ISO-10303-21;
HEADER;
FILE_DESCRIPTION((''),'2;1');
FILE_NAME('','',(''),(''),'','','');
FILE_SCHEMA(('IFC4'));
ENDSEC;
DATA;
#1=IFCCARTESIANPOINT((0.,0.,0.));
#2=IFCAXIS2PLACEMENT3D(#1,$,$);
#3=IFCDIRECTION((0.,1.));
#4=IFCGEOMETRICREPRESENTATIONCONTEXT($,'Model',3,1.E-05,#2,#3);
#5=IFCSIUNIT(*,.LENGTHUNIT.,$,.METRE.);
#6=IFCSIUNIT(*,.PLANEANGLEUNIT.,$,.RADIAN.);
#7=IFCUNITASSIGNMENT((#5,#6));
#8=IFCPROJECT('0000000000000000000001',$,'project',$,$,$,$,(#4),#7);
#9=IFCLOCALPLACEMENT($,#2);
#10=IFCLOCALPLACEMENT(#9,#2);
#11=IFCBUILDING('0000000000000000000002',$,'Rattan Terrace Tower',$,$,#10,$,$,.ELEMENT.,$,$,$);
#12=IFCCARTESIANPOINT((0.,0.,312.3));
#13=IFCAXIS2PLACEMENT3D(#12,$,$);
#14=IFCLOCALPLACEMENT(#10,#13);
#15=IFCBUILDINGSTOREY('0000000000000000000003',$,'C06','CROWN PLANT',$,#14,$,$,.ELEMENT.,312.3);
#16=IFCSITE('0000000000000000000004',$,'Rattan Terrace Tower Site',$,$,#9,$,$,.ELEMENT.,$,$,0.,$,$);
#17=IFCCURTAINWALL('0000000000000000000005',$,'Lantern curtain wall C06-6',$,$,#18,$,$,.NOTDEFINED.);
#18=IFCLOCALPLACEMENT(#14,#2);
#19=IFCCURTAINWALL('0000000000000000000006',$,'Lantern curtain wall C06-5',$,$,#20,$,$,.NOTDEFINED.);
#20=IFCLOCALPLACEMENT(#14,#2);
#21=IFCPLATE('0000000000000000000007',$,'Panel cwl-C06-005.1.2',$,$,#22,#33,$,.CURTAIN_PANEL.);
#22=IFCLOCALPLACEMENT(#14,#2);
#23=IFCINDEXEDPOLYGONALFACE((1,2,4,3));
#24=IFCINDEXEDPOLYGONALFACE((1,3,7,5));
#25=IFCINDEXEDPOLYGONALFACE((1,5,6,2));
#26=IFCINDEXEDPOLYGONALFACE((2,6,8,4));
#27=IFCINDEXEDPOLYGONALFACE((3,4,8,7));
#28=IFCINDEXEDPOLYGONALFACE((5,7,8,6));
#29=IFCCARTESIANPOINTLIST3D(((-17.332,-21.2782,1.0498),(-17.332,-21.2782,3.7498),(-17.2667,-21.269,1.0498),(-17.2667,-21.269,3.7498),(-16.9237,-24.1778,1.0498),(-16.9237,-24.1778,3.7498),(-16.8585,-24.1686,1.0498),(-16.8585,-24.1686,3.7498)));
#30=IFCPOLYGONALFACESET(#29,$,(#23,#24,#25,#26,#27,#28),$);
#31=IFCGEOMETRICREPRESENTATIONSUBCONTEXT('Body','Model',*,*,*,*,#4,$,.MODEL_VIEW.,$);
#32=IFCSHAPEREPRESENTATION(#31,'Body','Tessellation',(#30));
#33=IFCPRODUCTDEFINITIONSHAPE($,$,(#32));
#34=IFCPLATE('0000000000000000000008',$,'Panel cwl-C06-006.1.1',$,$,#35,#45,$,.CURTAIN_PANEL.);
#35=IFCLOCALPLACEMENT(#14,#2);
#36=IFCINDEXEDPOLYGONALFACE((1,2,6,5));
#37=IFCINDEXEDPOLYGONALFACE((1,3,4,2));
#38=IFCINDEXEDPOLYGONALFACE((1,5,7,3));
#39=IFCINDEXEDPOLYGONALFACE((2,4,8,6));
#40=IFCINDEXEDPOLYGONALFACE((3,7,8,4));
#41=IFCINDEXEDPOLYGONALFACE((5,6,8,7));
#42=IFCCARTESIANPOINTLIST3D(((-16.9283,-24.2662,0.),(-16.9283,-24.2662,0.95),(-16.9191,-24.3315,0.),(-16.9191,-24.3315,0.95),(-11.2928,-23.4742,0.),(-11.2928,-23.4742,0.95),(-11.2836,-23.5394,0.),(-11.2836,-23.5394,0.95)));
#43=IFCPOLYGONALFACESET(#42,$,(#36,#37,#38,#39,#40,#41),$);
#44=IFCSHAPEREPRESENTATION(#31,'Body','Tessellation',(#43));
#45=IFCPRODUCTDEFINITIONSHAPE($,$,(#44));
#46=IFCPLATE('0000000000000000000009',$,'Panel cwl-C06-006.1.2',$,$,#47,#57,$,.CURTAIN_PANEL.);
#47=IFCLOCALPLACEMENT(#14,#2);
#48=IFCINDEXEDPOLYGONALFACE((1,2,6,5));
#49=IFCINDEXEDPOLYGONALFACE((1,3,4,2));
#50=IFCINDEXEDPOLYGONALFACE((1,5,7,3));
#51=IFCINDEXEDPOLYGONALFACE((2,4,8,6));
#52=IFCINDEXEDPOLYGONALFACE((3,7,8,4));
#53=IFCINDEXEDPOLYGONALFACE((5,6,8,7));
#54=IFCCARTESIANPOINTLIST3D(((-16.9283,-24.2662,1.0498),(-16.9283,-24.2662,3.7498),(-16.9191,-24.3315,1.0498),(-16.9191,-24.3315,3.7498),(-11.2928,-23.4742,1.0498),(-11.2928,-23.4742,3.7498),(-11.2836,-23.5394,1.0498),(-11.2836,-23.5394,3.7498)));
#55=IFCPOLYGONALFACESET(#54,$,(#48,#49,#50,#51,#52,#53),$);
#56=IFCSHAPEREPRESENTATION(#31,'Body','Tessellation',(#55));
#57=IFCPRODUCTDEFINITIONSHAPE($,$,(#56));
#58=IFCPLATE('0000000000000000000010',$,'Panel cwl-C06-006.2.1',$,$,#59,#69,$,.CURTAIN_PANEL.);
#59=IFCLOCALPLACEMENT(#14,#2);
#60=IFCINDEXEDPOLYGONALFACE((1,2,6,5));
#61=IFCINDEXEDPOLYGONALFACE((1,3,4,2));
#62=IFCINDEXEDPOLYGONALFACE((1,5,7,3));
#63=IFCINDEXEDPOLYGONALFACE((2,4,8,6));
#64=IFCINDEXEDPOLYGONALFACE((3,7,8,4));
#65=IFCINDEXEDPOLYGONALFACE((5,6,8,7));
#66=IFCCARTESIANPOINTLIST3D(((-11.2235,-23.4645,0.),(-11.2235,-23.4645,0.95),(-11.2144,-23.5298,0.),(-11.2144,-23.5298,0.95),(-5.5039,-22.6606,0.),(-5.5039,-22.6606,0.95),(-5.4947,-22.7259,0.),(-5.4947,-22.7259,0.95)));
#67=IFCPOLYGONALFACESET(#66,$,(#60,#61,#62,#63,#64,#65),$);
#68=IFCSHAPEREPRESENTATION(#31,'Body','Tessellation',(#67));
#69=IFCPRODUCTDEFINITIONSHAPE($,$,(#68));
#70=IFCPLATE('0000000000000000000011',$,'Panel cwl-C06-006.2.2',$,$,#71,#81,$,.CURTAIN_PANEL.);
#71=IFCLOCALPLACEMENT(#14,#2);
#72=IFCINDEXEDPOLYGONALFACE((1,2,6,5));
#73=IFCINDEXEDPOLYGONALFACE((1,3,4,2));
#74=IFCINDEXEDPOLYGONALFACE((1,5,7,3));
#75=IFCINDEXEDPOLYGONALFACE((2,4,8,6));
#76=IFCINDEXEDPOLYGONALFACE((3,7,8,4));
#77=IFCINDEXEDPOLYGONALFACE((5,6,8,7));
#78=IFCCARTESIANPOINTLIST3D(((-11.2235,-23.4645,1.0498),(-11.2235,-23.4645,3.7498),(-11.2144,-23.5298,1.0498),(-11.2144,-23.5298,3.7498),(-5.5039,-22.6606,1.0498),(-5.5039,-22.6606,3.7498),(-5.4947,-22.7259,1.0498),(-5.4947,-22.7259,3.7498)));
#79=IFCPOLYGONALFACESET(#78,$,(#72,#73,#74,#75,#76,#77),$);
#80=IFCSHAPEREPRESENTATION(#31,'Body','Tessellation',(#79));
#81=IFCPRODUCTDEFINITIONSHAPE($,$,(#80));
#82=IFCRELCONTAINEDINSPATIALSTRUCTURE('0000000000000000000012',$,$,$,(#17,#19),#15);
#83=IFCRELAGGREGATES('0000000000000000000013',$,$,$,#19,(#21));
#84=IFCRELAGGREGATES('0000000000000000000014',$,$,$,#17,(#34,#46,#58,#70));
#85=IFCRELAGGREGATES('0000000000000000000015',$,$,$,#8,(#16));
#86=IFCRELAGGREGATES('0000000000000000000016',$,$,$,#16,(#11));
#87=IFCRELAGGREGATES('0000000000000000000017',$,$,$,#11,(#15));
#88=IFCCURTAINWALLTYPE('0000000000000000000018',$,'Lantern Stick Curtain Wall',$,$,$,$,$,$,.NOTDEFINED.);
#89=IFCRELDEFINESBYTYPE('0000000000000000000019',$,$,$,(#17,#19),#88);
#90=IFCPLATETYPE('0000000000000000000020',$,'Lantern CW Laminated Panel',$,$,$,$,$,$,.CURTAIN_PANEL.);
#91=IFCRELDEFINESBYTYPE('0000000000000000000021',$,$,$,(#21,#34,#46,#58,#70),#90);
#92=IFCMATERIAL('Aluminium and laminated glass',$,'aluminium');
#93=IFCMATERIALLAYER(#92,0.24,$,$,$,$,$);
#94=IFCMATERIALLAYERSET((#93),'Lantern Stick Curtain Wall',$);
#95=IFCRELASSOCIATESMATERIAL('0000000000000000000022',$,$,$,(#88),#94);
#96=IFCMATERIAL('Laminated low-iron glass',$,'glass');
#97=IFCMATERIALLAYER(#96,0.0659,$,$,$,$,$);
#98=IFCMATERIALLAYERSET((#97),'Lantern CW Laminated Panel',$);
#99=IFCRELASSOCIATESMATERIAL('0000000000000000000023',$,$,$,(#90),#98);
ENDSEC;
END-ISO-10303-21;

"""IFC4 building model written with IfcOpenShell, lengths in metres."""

from ifc_helpers import new_model, si_unit, direction, frame, origin, origin_2d, place, context, subcontext, project, spatial, rectangle, extrude, material, layer, layer_set, type_object, element, aggregate, save


model = new_model("IFC4")

# Units and contexts
model_context = context("Model", 3, precision=1e-05, world=origin(), true_north=direction((0.0, 1.0)))
body_context = subcontext(model_context, "Body", "Model", "MODEL_VIEW")
ifc_project = project(units=[si_unit("LENGTHUNIT", "METRE"), si_unit("PLANEANGLEUNIT", "RADIAN")], contexts=[model_context])

# Site, building, storey
site_placement = place(None, origin())
site = spatial("IfcSite", under=ifc_project, at=site_placement, Name="Rattan Terrace Tower Site", CompositionType="ELEMENT", RefElevation=0.0)
building_placement = place(site_placement, origin())
building = spatial("IfcBuilding", under=site, at=building_placement, Name="Rattan Terrace Tower", CompositionType="ELEMENT")
storey_placement = place(building_placement, frame((0.0, 0.0, 312.3)))
storey = spatial("IfcBuildingStorey", under=building, at=storey_placement, Name="C06", Description="CROWN PLANT", CompositionType="ELEMENT", Elevation=312.3)

# Curtain wall
ifc_material_1 = material(Name="Aluminium and laminated glass", Category="aluminium")
ifc_layer_1 = layer(ifc_material_1, 0.24)
ifc_layer_set_1 = layer_set([ifc_layer_1], Name="Lantern Stick Curtain Wall")
curtain_wall_type = type_object("IfcCurtainWallType", Name="Lantern Stick Curtain Wall", PredefinedType="NOTDEFINED", material=ifc_layer_set_1)
curtain_wall_1_placement = place(storey_placement, origin())
curtain_wall_1 = element("IfcCurtainWall", 1, at=curtain_wall_1_placement, inside=storey, type_object=curtain_wall_type, Name="Lantern curtain wall C06-6", PredefinedType="NOTDEFINED")

# Curtain wall, plate
curtain_wall_2_placement = place(storey_placement, origin())
curtain_wall_2 = element("IfcCurtainWall", 2, at=curtain_wall_2_placement, inside=storey, type_object=curtain_wall_type, Name="Lantern curtain wall C06-5", PredefinedType="NOTDEFINED")
ifc_material_2 = material(Name="Laminated low-iron glass", Category="glass")
ifc_layer_2 = layer(ifc_material_2, 0.0659)
ifc_layer_set_2 = layer_set([ifc_layer_2], Name="Lantern CW Laminated Panel")
plate_type = type_object("IfcPlateType", Name="Lantern CW Laminated Panel", PredefinedType="CURTAIN_PANEL", material=ifc_layer_set_2)
plate_1_placement = place(storey_placement, frame((-17.0952, -22.7234, 1.0498), z_axis=(0.0, 0.0, 1.0), x_axis=(0.139413, -0.990234, 0.0)))
plate_1 = element("IfcPlate", 3, at=plate_1_placement, type_object=plate_type, Name="Panel cwl-C06-005.1.2", PredefinedType="CURTAIN_PANEL", context=body_context, shape_type="SweptSolid", body=[
    extrude(rectangle(XDim=2.9282, YDim=0.0659, at=origin_2d()), origin(), (0.0, 0.0, 1.0), 2.7),
])
aggregate(curtain_wall_2, [plate_1])

# Plates
plate_2_placement = place(storey_placement, frame((-14.106, -23.9028, 0.0), z_axis=(0.0, 0.0, 1.0), x_axis=(0.990267, 0.139181, 0.0)))
plate_2 = element("IfcPlate", 4, at=plate_2_placement, type_object=plate_type, Name="Panel cwl-C06-006.1.1", PredefinedType="CURTAIN_PANEL", context=body_context, shape_type="SweptSolid", body=[
    extrude(rectangle(XDim=5.6909, YDim=0.0659, at=origin_2d()), origin(), (0.0, 0.0, 1.0), 0.95),
])
plate_3_placement = place(storey_placement, frame((-14.106, -23.9028, 1.0498), z_axis=(0.0, 0.0, 1.0), x_axis=(0.990267, 0.139181, 0.0)))
plate_3 = element("IfcPlate", 5, at=plate_3_placement, type_object=plate_type, Name="Panel cwl-C06-006.1.2", PredefinedType="CURTAIN_PANEL", context=body_context, shape_type="SweptSolid", body=[
    extrude(rectangle(XDim=5.6909, YDim=0.0659, at=origin_2d()), origin(), (0.0, 0.0, 1.0), 2.7),
])
plate_4_placement = place(storey_placement, frame((-8.3591, -23.0952, 0.0), z_axis=(0.0, 0.0, 1.0), x_axis=(0.990267, 0.139181, 0.0)))
plate_4 = element("IfcPlate", 6, at=plate_4_placement, type_object=plate_type, Name="Panel cwl-C06-006.2.1", PredefinedType="CURTAIN_PANEL", context=body_context, shape_type="SweptSolid", body=[
    extrude(rectangle(XDim=5.7759, YDim=0.0659, at=origin_2d()), origin(), (0.0, 0.0, 1.0), 0.95),
])
plate_5_placement = place(storey_placement, frame((-8.3591, -23.0952, 1.0498), z_axis=(0.0, 0.0, 1.0), x_axis=(0.990267, 0.139181, 0.0)))
plate_5 = element("IfcPlate", 7, at=plate_5_placement, type_object=plate_type, Name="Panel cwl-C06-006.2.2", PredefinedType="CURTAIN_PANEL", context=body_context, shape_type="SweptSolid", body=[
    extrude(rectangle(XDim=5.7759, YDim=0.0659, at=origin_2d()), origin(), (0.0, 0.0, 1.0), 2.7),
])
aggregate(curtain_wall_1, [plate_2, plate_3, plate_4, plate_5])

save(model, "model.ifc")
